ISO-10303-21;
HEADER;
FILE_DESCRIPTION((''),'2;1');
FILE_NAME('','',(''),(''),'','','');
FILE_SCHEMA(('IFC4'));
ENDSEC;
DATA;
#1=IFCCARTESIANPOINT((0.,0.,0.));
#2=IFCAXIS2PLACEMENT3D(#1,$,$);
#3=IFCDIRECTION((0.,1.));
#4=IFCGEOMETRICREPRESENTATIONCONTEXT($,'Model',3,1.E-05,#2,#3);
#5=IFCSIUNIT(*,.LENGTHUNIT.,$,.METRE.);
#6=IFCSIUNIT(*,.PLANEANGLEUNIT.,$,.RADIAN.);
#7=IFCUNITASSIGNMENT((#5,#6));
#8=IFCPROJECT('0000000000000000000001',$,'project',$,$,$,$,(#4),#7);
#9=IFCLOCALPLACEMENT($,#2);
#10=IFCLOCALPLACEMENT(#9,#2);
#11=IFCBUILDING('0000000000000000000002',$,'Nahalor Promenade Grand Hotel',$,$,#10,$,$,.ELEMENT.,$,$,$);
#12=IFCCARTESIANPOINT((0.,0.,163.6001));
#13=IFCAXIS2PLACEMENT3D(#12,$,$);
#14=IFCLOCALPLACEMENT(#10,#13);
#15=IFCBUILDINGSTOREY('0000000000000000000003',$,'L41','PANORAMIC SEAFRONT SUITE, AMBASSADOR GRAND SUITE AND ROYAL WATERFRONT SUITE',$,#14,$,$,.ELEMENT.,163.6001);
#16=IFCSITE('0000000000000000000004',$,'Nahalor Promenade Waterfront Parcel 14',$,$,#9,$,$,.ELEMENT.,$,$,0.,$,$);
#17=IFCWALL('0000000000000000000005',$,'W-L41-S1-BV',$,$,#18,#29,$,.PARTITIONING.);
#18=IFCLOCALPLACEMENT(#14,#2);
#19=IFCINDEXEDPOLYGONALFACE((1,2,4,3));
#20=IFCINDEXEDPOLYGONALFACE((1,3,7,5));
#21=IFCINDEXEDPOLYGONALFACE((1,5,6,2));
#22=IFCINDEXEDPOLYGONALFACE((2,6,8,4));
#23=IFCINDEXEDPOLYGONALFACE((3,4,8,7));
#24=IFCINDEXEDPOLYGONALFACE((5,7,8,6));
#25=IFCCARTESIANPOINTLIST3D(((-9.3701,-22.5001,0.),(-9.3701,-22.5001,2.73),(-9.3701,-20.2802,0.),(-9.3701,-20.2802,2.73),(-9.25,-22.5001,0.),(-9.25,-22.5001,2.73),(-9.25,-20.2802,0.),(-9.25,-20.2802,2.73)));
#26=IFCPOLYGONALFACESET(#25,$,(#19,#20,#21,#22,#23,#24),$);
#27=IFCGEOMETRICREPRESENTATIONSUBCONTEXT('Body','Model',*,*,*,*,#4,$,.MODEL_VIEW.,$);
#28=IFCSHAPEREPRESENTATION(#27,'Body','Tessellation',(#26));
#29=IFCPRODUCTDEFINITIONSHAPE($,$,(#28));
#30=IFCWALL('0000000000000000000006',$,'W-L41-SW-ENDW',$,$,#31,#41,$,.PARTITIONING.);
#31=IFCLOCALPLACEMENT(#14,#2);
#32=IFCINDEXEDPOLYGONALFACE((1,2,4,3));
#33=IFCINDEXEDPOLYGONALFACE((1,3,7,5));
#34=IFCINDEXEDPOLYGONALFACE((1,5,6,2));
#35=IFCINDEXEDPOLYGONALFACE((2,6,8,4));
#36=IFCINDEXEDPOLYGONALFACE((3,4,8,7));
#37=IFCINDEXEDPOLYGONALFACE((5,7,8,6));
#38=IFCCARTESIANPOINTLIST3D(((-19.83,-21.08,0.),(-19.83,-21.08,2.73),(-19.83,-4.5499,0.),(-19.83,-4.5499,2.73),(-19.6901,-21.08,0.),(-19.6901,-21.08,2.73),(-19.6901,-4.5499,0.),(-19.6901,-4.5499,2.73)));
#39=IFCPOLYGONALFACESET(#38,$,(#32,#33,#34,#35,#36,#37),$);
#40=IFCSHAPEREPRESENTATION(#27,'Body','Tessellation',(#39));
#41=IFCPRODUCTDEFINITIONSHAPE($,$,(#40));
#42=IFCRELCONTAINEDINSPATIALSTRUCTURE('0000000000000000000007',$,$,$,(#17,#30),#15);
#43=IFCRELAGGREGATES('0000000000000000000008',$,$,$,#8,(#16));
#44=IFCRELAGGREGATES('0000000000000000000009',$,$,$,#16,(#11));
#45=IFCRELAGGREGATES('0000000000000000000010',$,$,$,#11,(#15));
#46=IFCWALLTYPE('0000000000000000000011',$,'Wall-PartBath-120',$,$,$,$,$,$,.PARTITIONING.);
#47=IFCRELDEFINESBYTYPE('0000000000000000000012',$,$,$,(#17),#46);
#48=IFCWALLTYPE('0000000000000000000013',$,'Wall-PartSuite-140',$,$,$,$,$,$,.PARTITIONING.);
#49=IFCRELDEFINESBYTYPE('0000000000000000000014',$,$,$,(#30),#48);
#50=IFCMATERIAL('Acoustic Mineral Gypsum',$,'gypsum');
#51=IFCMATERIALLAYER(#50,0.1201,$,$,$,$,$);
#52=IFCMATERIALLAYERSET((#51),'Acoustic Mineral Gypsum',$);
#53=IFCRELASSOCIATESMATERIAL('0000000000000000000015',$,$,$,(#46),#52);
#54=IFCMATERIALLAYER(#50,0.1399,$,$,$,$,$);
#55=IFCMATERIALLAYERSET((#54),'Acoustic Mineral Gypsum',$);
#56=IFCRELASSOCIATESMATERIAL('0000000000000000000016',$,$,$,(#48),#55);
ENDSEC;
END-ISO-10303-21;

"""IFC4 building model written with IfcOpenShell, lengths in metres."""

from ifc_helpers import new_model, si_unit, direction, frame, frame_2d, origin, place, context, subcontext, project, spatial, rectangle, extrude, source, transform, mapped, material, layer, layer_set, type_object, element, save


model = new_model("IFC4")

# Units and contexts
model_context = context("Model", 3, precision=1e-05, world=origin(), true_north=direction((0.0, 1.0)))
body_context = subcontext(model_context, "Body", "Model", "MODEL_VIEW")
ifc_project = project(units=[si_unit("LENGTHUNIT", "METRE"), si_unit("PLANEANGLEUNIT", "RADIAN")], contexts=[model_context])

# Site, building, storey
site_placement = place(None, origin())
site = spatial("IfcSite", under=ifc_project, at=site_placement, Name="Nahalor Promenade Waterfront Parcel 14", CompositionType="ELEMENT", RefElevation=0.0)
building_placement = place(site_placement, origin())
building = spatial("IfcBuilding", under=site, at=building_placement, Name="Nahalor Promenade Grand Hotel", CompositionType="ELEMENT")
storey_placement = place(building_placement, frame((0.0, 0.0, 163.6001)))
storey = spatial("IfcBuildingStorey", under=building, at=storey_placement, Name="L41", Description="PANORAMIC SEAFRONT SUITE, AMBASSADOR GRAND SUITE AND ROYAL WATERFRONT SUITE", CompositionType="ELEMENT", Elevation=163.6001)

# Shared definitions
ifc_material_1 = material(Name="Acoustic Mineral Gypsum", Category="gypsum")
ifc_layer_1 = layer(ifc_material_1, 0.1201)
ifc_layer_set_1 = layer_set([ifc_layer_1], Name="Acoustic Mineral Gypsum")
wall_type_1 = type_object("IfcWallType", Name="Wall-PartBath-120", PredefinedType="PARTITIONING", material=ifc_layer_set_1)

# Walls
shared_shape_1 = source(origin(), body_context, "Body", "SweptSolid", [
    extrude(rectangle(XDim=2.22, YDim=0.1201, at=frame_2d((1.1099, 0.0))), origin(), (0.0, 0.0, 1.0), 2.73),
])
wall_1_placement = place(storey_placement, frame((-9.3101, -22.5, 0.0), z_axis=(0.0, 0.0, 1.0), x_axis=(0.0, 1.0, 0.0)))
element("IfcWall", 1, at=wall_1_placement, inside=storey, type_object=wall_type_1, Name="W-L41-S1-BV", PredefinedType="PARTITIONING", context=body_context, shape_type="MappedRepresentation", body=[
    mapped(shared_shape_1, transform((0.0, 0.0, 0.0), scale=1.0)),
])
ifc_layer_2 = layer(ifc_material_1, 0.1399)
ifc_layer_set_2 = layer_set([ifc_layer_2], Name="Acoustic Mineral Gypsum")
wall_type_2 = type_object("IfcWallType", Name="Wall-PartSuite-140", PredefinedType="PARTITIONING", material=ifc_layer_set_2)
shared_shape_2 = source(origin(), body_context, "Body", "SweptSolid", [
    extrude(rectangle(XDim=16.53, YDim=0.1399, at=frame_2d((8.2651, 0.0))), origin(), (0.0, 0.0, 1.0), 2.73),
])
wall_2_placement = place(storey_placement, frame((-19.76, -21.0801, 0.0), z_axis=(0.0, 0.0, 1.0), x_axis=(0.0, 1.0, 0.0)))
element("IfcWall", 2, at=wall_2_placement, inside=storey, type_object=wall_type_2, Name="W-L41-SW-ENDW", PredefinedType="PARTITIONING", context=body_context, shape_type="MappedRepresentation", body=[
    mapped(shared_shape_2, transform((0.0, 0.0, 0.0), scale=1.0)),
])

save(model, "model.ifc")
